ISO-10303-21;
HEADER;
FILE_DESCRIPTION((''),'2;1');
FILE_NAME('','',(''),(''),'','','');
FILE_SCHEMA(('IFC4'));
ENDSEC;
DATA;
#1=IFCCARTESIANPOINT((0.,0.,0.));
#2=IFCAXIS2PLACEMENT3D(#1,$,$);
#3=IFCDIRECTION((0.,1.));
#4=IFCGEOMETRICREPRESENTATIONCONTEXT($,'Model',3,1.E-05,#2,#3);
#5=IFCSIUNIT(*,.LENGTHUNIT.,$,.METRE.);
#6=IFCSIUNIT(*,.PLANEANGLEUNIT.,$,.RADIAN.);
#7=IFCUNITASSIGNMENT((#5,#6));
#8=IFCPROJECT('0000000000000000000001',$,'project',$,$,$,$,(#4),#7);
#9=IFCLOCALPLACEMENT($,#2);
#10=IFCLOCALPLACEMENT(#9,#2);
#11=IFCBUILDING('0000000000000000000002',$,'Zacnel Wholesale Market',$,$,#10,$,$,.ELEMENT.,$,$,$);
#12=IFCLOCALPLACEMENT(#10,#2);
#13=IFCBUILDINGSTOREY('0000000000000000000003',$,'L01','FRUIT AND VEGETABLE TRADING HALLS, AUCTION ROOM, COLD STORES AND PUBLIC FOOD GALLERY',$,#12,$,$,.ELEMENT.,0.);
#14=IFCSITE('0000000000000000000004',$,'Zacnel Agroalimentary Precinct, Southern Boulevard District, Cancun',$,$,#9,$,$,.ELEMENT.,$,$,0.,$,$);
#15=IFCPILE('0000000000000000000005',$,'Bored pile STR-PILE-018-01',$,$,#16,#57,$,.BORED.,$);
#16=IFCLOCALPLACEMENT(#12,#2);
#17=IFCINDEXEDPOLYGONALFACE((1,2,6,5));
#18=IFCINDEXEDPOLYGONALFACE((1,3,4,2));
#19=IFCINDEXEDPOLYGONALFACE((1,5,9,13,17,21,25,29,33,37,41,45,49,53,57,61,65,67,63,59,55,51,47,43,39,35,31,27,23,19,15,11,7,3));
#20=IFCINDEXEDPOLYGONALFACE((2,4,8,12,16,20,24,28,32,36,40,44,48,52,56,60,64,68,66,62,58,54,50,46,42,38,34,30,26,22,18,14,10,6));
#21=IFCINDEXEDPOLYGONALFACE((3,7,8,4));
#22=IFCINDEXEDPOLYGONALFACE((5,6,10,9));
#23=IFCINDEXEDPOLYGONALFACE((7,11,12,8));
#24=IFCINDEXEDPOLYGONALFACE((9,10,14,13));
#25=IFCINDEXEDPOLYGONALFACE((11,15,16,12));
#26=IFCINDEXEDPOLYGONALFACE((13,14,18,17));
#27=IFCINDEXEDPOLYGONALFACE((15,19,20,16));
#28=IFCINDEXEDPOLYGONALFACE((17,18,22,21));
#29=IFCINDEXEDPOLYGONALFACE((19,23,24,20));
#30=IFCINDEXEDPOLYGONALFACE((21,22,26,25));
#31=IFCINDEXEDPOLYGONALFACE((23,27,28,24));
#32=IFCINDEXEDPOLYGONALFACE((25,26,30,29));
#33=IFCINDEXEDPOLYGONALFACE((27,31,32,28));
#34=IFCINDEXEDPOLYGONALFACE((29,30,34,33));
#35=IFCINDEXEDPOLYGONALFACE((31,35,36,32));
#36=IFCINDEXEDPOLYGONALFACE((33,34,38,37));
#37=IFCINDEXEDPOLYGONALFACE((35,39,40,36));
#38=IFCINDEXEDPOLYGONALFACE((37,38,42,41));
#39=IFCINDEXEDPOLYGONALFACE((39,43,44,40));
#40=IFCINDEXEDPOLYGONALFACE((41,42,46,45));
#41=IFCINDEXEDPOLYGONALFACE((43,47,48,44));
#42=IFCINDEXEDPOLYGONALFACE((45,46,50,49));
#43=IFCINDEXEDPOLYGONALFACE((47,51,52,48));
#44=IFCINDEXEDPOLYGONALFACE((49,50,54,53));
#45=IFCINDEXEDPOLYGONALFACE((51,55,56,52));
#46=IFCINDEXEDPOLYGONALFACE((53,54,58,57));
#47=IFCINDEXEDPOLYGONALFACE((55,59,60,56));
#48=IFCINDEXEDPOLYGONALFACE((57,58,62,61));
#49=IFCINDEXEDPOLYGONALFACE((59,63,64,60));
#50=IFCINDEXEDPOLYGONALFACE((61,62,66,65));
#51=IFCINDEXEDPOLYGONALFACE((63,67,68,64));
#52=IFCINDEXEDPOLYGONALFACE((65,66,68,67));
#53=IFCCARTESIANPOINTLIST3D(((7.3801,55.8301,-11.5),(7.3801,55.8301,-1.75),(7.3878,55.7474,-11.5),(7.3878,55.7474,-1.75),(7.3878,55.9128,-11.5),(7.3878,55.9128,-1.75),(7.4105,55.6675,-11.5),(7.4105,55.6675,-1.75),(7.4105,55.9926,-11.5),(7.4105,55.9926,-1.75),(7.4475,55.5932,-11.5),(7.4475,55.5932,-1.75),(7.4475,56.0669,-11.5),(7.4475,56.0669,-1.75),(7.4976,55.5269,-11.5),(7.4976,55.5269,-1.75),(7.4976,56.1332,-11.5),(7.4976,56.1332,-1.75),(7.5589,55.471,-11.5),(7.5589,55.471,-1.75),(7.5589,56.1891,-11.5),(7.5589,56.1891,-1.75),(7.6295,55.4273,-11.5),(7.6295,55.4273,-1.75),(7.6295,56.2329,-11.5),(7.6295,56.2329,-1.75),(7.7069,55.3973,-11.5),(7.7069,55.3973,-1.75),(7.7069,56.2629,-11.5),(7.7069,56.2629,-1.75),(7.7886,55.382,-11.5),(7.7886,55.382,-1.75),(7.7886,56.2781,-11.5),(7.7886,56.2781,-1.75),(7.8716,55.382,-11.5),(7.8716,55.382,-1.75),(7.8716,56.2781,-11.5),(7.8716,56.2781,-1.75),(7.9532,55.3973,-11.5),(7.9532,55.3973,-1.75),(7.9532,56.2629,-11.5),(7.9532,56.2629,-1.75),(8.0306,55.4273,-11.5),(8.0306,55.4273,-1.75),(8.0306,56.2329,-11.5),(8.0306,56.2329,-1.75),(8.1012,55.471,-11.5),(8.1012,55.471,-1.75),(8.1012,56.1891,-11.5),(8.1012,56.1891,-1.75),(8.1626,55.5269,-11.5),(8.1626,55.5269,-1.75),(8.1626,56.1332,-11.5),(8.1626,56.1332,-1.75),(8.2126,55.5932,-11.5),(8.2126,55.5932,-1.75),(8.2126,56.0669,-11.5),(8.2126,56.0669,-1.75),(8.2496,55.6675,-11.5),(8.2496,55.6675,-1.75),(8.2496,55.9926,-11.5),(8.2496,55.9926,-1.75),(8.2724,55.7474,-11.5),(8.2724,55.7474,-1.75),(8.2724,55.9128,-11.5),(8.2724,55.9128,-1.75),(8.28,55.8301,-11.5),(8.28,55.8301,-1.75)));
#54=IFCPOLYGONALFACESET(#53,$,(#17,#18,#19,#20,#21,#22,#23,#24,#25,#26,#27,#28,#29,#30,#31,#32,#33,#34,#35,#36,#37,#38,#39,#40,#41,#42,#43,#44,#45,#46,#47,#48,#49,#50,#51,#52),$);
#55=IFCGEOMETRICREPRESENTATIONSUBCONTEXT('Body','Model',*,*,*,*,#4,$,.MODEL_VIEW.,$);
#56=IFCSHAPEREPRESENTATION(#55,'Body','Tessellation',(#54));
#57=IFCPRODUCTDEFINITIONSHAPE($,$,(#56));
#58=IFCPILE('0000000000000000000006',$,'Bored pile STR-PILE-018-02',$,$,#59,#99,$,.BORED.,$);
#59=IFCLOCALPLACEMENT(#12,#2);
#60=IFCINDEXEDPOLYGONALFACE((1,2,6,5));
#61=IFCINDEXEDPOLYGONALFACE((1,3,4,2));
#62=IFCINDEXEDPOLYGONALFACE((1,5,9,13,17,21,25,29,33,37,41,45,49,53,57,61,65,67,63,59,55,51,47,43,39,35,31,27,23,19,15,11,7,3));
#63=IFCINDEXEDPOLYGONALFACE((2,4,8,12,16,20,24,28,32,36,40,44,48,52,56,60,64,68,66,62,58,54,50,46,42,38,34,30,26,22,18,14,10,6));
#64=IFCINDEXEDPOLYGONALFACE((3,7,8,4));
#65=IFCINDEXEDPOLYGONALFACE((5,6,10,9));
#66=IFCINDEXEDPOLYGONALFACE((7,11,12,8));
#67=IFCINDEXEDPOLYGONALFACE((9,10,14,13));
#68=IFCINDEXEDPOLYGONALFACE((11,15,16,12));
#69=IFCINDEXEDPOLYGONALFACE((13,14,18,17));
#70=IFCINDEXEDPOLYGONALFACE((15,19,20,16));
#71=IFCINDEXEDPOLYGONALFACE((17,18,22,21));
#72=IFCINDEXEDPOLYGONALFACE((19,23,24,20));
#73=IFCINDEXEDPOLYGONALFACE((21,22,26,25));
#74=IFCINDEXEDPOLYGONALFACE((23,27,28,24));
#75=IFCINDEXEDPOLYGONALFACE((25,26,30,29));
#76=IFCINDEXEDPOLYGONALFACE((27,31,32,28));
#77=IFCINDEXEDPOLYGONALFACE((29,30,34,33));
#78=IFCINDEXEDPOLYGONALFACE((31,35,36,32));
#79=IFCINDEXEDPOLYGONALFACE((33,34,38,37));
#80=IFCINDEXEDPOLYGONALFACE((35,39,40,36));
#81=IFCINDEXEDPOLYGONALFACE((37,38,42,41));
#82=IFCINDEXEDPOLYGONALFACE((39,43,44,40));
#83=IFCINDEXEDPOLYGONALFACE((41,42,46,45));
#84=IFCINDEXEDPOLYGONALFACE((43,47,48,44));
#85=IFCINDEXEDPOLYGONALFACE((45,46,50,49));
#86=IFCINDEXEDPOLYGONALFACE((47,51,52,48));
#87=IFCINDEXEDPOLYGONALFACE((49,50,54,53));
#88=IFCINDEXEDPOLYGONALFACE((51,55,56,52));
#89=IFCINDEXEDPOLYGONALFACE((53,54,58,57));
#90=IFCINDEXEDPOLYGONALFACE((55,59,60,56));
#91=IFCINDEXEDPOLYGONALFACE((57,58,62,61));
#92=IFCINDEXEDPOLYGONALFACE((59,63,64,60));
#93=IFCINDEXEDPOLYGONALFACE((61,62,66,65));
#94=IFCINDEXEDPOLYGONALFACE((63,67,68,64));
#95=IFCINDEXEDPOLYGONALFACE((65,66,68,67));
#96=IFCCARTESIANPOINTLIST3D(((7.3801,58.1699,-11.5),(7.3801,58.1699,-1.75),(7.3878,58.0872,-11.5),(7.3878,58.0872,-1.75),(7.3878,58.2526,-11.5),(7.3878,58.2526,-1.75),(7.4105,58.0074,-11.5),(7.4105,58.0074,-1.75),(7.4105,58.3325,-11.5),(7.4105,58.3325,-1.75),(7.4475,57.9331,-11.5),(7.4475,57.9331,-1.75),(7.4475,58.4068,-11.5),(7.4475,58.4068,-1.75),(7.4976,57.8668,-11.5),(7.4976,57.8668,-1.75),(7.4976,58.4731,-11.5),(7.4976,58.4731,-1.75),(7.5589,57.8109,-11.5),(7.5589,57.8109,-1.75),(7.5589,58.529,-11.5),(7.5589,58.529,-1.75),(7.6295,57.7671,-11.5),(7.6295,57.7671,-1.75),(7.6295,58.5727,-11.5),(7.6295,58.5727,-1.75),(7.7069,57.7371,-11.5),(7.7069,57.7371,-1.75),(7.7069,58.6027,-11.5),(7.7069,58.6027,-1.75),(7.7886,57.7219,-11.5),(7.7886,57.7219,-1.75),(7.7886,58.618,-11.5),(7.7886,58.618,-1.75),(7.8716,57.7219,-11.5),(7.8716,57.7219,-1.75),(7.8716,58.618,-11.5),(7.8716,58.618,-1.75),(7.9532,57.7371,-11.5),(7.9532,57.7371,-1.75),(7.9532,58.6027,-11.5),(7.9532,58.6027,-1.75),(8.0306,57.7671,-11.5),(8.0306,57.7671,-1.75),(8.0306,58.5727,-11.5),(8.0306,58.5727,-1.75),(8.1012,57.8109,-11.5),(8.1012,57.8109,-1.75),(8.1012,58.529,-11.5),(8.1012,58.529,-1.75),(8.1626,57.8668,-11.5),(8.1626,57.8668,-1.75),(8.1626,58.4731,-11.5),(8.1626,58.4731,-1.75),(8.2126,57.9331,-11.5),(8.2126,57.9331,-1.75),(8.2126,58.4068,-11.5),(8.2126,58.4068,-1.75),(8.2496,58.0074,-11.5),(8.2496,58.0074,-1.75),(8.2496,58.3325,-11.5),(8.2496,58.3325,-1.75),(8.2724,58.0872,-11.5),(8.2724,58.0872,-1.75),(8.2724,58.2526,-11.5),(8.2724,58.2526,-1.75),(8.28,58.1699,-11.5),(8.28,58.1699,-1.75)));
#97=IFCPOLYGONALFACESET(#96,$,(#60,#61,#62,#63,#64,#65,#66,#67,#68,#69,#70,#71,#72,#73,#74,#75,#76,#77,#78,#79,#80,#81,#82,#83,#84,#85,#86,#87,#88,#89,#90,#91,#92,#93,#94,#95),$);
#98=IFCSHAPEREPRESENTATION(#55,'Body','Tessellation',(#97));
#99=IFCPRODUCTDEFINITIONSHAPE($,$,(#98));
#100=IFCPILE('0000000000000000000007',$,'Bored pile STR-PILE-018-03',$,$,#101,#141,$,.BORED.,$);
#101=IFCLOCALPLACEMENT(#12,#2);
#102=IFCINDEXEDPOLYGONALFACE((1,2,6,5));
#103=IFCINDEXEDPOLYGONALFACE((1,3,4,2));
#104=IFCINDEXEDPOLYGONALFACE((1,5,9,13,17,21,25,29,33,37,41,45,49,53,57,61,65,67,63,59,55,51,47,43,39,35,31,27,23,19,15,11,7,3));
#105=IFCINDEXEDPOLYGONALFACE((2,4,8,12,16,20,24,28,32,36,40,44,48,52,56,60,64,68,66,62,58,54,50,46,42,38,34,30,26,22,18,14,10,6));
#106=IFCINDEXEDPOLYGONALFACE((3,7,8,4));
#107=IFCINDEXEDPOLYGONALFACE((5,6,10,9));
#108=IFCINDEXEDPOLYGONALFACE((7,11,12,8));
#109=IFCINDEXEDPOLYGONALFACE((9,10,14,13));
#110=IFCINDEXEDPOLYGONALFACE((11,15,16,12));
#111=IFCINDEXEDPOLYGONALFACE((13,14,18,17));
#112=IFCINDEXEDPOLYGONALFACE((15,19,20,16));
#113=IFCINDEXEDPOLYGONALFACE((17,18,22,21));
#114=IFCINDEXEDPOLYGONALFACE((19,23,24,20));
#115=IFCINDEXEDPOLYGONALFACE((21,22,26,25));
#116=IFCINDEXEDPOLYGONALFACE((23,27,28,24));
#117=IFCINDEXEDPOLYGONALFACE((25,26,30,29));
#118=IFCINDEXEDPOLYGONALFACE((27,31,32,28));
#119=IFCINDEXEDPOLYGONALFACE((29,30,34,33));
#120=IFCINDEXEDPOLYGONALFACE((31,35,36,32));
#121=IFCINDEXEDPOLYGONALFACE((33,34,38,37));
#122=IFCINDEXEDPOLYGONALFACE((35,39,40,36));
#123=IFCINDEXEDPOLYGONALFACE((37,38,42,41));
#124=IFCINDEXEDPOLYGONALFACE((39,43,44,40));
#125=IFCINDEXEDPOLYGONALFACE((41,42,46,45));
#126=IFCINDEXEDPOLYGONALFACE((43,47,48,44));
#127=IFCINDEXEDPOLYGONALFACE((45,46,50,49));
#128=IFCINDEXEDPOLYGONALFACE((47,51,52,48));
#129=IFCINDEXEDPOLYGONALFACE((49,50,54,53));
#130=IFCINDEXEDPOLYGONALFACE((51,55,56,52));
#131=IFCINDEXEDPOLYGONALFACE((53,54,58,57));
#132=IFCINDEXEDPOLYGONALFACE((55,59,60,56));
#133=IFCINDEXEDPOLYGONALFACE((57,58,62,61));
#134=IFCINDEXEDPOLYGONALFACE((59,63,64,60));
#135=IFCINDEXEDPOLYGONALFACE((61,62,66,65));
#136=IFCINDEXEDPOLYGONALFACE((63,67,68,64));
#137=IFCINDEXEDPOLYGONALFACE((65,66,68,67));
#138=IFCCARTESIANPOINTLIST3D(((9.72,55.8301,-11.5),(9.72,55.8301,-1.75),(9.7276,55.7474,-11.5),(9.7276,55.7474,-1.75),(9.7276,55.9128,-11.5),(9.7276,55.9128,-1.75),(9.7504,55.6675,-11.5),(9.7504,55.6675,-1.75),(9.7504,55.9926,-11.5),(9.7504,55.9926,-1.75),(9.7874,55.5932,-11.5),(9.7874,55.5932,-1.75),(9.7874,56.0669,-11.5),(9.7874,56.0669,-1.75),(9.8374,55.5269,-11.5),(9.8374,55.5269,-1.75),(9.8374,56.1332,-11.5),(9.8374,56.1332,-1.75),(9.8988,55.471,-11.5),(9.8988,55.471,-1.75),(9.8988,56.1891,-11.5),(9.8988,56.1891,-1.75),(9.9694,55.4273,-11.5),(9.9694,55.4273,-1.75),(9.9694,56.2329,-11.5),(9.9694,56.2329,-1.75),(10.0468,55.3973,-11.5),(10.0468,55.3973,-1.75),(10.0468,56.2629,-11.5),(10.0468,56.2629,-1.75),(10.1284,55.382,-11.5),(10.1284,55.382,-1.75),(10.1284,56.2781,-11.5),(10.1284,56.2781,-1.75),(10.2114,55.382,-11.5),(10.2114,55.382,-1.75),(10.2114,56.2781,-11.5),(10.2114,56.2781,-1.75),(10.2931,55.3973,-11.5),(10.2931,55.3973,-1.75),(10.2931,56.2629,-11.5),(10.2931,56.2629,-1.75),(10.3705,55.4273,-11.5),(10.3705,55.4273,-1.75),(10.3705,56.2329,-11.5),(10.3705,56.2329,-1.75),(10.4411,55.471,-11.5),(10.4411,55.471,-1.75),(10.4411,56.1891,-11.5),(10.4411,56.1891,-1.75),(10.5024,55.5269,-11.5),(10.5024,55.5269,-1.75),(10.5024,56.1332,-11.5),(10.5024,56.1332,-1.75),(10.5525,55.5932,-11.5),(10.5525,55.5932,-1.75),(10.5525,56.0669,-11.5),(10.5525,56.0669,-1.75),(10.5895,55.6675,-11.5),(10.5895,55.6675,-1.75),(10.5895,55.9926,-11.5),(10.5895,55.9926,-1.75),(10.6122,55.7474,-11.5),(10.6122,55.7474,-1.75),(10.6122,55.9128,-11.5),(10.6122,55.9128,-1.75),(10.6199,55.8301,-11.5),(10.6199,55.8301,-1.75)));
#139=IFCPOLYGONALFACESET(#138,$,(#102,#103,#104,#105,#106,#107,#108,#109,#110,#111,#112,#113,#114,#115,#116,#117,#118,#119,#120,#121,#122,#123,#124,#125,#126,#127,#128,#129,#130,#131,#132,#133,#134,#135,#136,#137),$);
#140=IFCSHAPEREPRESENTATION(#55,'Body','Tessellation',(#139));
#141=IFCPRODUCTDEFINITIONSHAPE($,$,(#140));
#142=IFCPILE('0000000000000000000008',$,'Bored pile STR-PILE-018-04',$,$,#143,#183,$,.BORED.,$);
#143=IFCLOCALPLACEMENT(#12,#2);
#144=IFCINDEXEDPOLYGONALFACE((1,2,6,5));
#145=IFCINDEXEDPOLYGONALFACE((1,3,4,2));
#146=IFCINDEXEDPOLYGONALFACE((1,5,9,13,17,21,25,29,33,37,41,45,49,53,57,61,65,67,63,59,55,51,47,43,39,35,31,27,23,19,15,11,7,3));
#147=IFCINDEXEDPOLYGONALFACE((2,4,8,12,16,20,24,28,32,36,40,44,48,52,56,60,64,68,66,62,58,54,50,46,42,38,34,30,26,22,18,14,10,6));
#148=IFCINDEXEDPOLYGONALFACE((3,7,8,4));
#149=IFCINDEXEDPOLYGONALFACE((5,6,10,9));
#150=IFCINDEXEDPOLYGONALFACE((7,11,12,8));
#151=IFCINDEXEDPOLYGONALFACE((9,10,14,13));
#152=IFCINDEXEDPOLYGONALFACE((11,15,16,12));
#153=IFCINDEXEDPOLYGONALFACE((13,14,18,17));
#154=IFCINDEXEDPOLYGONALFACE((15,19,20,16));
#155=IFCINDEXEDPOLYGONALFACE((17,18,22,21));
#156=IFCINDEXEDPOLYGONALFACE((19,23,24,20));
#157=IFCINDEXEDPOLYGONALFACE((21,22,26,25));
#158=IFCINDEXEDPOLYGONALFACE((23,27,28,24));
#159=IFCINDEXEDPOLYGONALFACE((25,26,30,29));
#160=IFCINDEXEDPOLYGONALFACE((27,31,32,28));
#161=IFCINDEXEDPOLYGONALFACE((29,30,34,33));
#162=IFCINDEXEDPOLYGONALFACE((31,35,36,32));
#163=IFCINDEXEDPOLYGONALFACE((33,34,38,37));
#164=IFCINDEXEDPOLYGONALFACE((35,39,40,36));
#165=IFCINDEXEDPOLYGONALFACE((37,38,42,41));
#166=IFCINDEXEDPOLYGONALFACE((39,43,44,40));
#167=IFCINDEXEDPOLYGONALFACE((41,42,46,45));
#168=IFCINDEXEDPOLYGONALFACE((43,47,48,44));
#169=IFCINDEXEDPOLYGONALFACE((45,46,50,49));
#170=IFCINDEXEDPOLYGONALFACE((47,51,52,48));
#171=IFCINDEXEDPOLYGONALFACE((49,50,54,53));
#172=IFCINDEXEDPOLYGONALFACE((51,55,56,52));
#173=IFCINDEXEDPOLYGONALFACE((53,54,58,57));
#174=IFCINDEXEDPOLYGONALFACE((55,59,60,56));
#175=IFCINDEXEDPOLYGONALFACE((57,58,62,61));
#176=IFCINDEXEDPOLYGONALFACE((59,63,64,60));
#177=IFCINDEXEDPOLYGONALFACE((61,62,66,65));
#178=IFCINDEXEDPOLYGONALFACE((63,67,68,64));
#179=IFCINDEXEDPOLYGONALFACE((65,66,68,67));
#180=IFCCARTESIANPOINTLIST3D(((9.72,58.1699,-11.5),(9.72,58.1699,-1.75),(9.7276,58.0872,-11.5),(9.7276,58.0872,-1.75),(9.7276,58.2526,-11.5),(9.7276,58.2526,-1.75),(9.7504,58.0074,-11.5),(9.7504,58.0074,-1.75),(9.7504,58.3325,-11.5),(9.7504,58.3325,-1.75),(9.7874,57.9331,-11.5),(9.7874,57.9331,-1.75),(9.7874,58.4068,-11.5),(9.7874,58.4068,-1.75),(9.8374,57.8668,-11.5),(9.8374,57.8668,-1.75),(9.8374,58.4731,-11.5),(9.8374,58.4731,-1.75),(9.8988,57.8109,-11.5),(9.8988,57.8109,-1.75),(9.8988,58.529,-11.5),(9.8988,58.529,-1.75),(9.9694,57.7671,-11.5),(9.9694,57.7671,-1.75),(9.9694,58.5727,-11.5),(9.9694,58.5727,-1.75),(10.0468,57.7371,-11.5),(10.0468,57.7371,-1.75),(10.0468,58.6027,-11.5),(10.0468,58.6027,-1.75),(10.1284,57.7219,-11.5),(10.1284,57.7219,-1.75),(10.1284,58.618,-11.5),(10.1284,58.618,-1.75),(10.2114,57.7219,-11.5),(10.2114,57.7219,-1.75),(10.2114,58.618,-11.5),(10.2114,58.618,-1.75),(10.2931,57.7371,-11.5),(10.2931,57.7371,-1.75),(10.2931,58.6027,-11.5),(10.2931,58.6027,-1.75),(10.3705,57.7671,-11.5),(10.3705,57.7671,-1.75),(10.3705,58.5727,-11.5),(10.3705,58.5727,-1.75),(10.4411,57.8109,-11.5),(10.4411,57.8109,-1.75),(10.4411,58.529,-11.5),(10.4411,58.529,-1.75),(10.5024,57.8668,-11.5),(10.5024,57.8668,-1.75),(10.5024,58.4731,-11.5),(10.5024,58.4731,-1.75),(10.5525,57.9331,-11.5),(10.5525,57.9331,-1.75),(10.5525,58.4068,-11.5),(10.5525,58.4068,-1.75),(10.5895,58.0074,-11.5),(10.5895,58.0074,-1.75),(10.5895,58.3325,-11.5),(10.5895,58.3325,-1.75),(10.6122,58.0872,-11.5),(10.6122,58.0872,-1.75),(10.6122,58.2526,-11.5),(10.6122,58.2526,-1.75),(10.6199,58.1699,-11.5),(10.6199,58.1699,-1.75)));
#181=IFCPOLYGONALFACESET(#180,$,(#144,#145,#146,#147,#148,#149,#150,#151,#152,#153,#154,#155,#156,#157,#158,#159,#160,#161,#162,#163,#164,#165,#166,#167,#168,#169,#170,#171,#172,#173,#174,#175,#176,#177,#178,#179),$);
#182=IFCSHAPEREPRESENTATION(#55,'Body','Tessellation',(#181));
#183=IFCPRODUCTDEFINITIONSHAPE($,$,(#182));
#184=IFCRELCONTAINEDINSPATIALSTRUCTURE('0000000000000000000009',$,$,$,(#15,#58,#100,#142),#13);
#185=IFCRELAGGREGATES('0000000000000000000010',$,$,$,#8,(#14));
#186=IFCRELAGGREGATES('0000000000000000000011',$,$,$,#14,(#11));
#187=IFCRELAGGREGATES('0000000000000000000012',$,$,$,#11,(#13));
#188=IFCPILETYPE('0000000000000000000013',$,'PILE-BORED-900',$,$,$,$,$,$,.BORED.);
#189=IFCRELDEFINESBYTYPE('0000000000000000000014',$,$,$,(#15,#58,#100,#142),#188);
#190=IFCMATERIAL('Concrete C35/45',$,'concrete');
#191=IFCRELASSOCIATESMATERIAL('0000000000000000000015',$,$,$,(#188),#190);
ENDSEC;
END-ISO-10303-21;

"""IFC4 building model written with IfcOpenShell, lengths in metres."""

from ifc_helpers import new_model, si_unit, direction, frame, origin, origin_2d, place, context, subcontext, project, spatial, circle, extrude, material, material_profile, profile_set, type_object, element, save


model = new_model("IFC4")

# Units and contexts
model_context = context("Model", 3, precision=1e-05, world=origin(), true_north=direction((0.0, 1.0)))
body_context = subcontext(model_context, "Body", "Model", "MODEL_VIEW")
ifc_project = project(units=[si_unit("LENGTHUNIT", "METRE"), si_unit("PLANEANGLEUNIT", "RADIAN")], contexts=[model_context])

# Site, building, storey
site_placement = place(None, origin())
site = spatial("IfcSite", under=ifc_project, at=site_placement, Name="Zacnel Agroalimentary Precinct, Southern Boulevard District, Cancun", CompositionType="ELEMENT", RefElevation=0.0)
building_placement = place(site_placement, origin())
building = spatial("IfcBuilding", under=site, at=building_placement, Name="Zacnel Wholesale Market", CompositionType="ELEMENT")
storey_placement = place(building_placement, origin())
storey = spatial("IfcBuildingStorey", under=building, at=storey_placement, Name="L01", Description="FRUIT AND VEGETABLE TRADING HALLS, AUCTION ROOM, COLD STORES AND PUBLIC FOOD GALLERY", CompositionType="ELEMENT", Elevation=0.0)

# Piles
ifc_material_1 = material(Name="Concrete C35/45", Category="concrete")
ifc_material_profile_1 = material_profile(ifc_material_1, circle(Radius=0.45, at=origin_2d()), Name="BORED PILE D900")
ifc_profile_set_1 = profile_set([ifc_material_profile_1], Name="Concrete C35/45")
pile_type = type_object("IfcPileType", Name="PILE-BORED-900", PredefinedType="BORED", material=ifc_profile_set_1)
for number, where, z_axis, x_axis, name in (
    (1, (7.8301, 55.8301, -1.75), (0.0, 0.0, -1.0), (1.0, 0.0, 0.0), "Bored pile STR-PILE-018-01"),
    (2, (7.8301, 58.1699, -1.75), (0.0, 0.0, -1.0), (1.0, 0.0, 0.0), "Bored pile STR-PILE-018-02"),
    (3, (10.1699, 55.8301, -1.75), (0.0, 0.0, -1.0), (1.0, 0.0, 0.0), "Bored pile STR-PILE-018-03"),
    (4, (10.1699, 58.1699, -1.75), (0.0, 0.0, -1.0), (1.0, 0.0, 0.0), "Bored pile STR-PILE-018-04"),
):
    element("IfcPile", number, at=place(storey_placement, frame(where, z_axis=z_axis, x_axis=x_axis)), inside=storey, type_object=pile_type, Name=name, PredefinedType="BORED", context=body_context, shape_type="SweptSolid", body=[
        extrude(circle(Radius=0.45, at=origin_2d()), origin(), (0.0, 0.0, 1.0), 9.75),
    ])

save(model, "model.ifc")
